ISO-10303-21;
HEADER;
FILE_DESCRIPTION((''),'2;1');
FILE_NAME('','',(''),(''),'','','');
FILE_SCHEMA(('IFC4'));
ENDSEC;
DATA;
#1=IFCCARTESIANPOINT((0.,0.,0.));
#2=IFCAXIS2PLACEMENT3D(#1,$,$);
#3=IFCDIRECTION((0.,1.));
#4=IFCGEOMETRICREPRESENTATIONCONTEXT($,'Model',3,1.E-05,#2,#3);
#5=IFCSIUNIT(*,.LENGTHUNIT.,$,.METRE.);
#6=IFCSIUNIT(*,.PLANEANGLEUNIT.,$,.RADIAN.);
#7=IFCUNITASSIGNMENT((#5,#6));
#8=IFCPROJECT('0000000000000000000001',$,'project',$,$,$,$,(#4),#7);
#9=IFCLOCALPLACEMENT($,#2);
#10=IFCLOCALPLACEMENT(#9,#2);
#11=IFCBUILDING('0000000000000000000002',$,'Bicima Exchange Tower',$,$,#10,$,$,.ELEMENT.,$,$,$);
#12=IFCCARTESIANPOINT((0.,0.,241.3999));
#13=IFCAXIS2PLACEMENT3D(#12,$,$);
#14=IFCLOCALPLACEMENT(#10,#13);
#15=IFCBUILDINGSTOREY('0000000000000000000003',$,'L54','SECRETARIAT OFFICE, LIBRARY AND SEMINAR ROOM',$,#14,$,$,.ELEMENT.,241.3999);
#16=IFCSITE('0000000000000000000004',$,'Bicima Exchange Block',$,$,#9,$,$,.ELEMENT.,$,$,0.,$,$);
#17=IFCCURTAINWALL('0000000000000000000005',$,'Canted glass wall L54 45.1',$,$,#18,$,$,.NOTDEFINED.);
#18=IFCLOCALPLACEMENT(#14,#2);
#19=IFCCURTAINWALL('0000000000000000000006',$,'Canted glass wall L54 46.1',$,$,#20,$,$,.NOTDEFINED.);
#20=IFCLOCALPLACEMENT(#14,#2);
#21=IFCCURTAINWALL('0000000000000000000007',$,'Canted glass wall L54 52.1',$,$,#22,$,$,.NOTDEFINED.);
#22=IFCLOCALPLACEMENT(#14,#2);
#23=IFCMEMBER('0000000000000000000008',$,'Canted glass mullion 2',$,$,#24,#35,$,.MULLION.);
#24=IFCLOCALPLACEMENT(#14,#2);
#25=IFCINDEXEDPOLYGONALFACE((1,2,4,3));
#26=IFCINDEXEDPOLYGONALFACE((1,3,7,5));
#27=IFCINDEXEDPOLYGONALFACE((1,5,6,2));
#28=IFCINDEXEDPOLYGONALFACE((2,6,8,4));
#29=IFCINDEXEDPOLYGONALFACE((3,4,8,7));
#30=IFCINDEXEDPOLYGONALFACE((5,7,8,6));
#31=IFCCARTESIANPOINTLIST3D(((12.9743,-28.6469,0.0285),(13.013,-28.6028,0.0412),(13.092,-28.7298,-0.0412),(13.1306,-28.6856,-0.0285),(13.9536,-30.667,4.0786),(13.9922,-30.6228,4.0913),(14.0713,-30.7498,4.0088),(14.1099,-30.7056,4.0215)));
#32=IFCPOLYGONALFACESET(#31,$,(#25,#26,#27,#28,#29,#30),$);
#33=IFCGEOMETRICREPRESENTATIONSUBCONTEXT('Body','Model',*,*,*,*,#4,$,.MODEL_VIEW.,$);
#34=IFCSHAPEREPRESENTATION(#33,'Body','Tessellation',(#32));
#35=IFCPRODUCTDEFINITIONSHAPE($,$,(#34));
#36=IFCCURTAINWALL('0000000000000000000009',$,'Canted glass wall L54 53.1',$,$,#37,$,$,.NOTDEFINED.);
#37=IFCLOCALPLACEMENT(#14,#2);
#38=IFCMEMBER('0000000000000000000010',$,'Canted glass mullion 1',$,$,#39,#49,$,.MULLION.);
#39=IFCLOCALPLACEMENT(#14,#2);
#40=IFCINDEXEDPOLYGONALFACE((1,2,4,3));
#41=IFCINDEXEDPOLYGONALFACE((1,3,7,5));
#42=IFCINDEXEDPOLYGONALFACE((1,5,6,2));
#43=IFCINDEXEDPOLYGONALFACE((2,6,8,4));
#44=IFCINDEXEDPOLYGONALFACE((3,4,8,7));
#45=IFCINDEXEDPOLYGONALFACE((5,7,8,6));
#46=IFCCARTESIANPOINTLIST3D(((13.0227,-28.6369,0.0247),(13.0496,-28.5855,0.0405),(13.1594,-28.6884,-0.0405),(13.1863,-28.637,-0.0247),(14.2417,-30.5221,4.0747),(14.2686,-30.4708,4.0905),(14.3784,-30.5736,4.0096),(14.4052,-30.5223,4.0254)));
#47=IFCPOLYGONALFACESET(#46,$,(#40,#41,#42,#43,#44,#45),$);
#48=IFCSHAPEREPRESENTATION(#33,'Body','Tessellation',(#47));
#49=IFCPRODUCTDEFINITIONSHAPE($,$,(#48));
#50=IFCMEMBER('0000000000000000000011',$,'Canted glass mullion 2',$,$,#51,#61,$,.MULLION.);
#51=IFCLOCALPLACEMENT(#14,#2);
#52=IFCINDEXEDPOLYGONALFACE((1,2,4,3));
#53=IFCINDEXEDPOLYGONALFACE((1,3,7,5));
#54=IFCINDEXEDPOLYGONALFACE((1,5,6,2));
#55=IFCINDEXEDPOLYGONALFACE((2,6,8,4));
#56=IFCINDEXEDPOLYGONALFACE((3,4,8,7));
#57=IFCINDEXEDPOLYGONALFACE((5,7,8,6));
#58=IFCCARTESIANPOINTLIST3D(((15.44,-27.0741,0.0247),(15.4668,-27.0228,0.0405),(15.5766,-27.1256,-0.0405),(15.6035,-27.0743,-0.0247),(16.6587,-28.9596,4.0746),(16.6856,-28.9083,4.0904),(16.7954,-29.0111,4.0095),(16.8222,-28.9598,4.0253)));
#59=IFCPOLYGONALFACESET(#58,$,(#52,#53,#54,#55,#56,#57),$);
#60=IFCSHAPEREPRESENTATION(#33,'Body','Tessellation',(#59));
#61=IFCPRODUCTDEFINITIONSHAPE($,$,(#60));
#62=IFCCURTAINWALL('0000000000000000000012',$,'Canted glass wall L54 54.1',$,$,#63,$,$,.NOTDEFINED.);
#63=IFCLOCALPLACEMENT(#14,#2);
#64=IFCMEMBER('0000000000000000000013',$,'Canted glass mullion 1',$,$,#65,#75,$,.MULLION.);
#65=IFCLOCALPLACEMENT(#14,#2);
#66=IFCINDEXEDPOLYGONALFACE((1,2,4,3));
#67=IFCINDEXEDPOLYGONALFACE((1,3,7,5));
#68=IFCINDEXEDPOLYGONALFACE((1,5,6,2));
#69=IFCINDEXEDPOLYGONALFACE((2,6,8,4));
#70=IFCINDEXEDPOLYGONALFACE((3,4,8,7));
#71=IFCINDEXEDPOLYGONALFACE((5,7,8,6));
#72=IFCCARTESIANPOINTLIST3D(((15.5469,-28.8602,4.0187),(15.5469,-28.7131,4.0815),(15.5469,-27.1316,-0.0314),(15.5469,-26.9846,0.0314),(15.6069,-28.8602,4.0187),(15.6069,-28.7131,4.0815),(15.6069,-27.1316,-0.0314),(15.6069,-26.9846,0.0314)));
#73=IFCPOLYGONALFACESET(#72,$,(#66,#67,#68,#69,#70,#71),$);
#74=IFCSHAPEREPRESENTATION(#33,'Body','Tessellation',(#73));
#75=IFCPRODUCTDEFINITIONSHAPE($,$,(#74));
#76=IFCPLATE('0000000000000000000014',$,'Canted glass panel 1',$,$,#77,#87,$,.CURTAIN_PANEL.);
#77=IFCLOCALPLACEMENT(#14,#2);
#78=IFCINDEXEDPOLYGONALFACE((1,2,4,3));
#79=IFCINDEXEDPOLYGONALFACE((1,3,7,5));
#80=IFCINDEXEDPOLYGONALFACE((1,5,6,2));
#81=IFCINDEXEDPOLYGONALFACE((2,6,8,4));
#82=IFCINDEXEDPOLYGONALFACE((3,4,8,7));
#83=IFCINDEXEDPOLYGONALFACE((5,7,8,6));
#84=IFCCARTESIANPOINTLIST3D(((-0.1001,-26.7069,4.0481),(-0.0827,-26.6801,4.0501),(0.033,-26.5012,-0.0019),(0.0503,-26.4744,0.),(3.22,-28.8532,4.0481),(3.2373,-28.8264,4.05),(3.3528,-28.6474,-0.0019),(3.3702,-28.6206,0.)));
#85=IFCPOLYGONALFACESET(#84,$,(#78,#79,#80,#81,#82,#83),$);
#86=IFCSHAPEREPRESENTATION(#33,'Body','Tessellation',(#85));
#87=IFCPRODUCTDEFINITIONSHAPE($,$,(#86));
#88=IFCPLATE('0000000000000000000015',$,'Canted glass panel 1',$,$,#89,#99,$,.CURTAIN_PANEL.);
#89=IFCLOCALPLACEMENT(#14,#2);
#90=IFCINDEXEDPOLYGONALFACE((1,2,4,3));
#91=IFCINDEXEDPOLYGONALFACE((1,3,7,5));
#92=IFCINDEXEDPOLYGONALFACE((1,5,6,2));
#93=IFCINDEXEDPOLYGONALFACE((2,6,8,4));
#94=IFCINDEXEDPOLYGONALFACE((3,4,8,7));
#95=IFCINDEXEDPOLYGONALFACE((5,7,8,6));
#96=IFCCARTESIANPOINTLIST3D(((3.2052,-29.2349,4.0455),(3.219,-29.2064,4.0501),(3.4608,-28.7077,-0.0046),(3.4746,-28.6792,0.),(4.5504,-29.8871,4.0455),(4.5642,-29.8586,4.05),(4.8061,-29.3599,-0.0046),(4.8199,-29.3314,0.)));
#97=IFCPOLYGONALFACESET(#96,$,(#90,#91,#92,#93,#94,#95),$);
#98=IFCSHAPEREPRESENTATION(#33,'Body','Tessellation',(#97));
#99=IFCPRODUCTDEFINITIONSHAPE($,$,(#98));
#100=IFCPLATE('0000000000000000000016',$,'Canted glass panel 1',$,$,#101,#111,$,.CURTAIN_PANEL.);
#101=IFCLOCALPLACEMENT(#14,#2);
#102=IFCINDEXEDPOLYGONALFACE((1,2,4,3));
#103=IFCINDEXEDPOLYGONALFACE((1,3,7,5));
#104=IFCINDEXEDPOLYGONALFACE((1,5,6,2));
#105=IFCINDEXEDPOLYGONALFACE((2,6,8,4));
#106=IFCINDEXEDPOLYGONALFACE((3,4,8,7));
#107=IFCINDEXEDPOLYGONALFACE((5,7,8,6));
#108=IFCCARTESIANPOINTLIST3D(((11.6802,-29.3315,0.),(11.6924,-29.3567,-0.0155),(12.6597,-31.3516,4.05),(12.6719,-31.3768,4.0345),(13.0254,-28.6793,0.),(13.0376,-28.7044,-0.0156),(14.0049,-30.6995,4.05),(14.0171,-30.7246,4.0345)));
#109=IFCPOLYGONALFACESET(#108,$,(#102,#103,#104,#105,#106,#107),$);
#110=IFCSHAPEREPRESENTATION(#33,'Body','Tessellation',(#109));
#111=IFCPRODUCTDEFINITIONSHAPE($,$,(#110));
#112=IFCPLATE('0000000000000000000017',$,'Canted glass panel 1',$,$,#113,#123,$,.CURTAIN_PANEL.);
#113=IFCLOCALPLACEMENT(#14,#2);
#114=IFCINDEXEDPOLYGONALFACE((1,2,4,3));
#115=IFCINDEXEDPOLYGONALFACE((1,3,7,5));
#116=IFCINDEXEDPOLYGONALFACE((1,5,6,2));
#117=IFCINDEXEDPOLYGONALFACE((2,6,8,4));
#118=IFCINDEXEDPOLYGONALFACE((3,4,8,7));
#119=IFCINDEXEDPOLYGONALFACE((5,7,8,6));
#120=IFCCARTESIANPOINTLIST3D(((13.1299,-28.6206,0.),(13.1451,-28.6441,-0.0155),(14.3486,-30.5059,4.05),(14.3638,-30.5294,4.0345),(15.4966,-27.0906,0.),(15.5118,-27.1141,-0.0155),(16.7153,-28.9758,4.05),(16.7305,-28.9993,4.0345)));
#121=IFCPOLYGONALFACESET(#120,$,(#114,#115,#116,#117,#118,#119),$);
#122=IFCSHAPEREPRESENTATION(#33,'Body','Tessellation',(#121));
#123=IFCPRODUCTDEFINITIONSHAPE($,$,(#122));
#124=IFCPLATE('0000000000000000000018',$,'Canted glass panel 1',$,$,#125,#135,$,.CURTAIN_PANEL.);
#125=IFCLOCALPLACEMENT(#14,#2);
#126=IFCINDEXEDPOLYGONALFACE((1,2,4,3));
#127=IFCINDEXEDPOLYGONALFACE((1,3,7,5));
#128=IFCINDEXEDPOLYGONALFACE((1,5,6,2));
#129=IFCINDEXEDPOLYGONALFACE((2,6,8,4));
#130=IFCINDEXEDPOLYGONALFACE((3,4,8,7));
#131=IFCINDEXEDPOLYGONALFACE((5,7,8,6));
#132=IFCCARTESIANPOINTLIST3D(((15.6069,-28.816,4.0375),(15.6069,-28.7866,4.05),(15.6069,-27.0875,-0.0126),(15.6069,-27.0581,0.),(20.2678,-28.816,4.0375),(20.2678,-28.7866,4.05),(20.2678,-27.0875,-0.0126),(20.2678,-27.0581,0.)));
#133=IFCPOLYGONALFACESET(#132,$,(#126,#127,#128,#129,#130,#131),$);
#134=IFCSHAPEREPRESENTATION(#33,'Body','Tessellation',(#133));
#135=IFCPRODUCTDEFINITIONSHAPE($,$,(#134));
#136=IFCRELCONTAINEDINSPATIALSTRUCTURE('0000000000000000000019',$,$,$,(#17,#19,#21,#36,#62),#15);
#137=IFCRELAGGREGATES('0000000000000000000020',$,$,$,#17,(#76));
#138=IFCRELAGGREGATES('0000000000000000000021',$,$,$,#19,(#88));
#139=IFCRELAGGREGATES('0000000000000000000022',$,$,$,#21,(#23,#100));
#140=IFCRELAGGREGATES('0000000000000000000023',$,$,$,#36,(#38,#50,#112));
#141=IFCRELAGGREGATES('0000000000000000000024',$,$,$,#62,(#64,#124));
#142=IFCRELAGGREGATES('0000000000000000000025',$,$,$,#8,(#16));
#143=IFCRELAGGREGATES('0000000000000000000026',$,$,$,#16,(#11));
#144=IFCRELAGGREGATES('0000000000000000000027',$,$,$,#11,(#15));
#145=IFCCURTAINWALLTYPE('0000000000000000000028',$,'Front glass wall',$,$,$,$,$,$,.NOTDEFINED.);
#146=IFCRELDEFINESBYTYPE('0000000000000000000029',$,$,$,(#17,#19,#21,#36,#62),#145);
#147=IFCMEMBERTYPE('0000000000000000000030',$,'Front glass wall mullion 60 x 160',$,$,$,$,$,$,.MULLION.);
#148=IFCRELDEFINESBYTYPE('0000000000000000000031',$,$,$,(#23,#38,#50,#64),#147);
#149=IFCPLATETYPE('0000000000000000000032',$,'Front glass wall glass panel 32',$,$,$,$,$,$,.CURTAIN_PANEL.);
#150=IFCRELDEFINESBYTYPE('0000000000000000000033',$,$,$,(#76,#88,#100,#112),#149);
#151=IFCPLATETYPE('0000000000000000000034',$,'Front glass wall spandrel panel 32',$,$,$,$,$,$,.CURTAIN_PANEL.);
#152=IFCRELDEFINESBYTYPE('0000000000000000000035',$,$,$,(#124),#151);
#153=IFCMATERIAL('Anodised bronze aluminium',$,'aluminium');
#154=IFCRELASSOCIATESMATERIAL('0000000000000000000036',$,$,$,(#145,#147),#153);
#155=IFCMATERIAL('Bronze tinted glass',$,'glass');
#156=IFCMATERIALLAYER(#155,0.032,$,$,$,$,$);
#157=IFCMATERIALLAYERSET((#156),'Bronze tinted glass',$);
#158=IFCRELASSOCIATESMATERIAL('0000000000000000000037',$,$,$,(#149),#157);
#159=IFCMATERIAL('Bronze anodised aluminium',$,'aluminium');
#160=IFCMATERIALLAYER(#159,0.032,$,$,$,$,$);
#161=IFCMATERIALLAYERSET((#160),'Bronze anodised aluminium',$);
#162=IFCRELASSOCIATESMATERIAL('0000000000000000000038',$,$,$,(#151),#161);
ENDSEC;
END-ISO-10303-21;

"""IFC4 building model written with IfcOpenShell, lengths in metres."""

from ifc_helpers import new_model, si_unit, direction, frame, origin, origin_2d, place, context, subcontext, project, spatial, polyline, rectangle, outline, extrude, material, layer, layer_set, material_profile, profile_set, type_object, element, aggregate, save


model = new_model("IFC4")

# Units and contexts
model_context = context("Model", 3, precision=1e-05, world=origin(), true_north=direction((0.0, 1.0)))
body_context = subcontext(model_context, "Body", "Model", "MODEL_VIEW")
ifc_project = project(units=[si_unit("LENGTHUNIT", "METRE"), si_unit("PLANEANGLEUNIT", "RADIAN")], contexts=[model_context])

# Site, building, storey
site_placement = place(None, origin())
site = spatial("IfcSite", under=ifc_project, at=site_placement, Name="Bicima Exchange Block", CompositionType="ELEMENT", RefElevation=0.0)
building_placement = place(site_placement, origin())
building = spatial("IfcBuilding", under=site, at=building_placement, Name="Bicima Exchange Tower", CompositionType="ELEMENT")
storey_placement = place(building_placement, frame((0.0, 0.0, 241.3999)))
storey = spatial("IfcBuildingStorey", under=building, at=storey_placement, Name="L54", Description="SECRETARIAT OFFICE, LIBRARY AND SEMINAR ROOM", CompositionType="ELEMENT", Elevation=241.3999)

# Shared definitions
ifc_material_1 = material(Name="Anodised bronze aluminium", Category="aluminium")
curtain_wall_type = type_object("IfcCurtainWallType", Name="Front glass wall", PredefinedType="NOTDEFINED", material=ifc_material_1)
ifc_material_profile_1 = material_profile(ifc_material_1, rectangle(XDim=0.1599, YDim=0.0601, at=origin_2d()))
ifc_profile_set_1 = profile_set([ifc_material_profile_1], Name="Anodised bronze aluminium")
member_type = type_object("IfcMemberType", Name="Front glass wall mullion 60 x 160", PredefinedType="MULLION", material=ifc_profile_set_1)

# Curtain wall
curtain_wall_1_placement = place(storey_placement, origin())
curtain_wall_1 = element("IfcCurtainWall", 1, at=curtain_wall_1_placement, inside=storey, type_object=curtain_wall_type, Name="Canted glass wall L54 45.1", PredefinedType="NOTDEFINED")

# Curtain walls, member
curtain_wall_2_placement = place(storey_placement, origin())
curtain_wall_2 = element("IfcCurtainWall", 2, at=curtain_wall_2_placement, inside=storey, type_object=curtain_wall_type, Name="Canted glass wall L54 46.1", PredefinedType="NOTDEFINED")
curtain_wall_3_placement = place(storey_placement, origin())
curtain_wall_3 = element("IfcCurtainWall", 3, at=curtain_wall_3_placement, inside=storey, type_object=curtain_wall_type, Name="Canted glass wall L54 52.1", PredefinedType="NOTDEFINED")
member_1_placement = place(storey_placement, frame((13.0525, -28.6663, 0.0), z_axis=(0.211474, -0.436234, 0.87463), x_axis=(-0.735868, 0.517885, 0.436226)))
member_1 = element("IfcMember", 4, at=member_1_placement, type_object=member_type, Name="Canted glass mullion 2", PredefinedType="MULLION", context=body_context, shape_type="SweptSolid", body=[
    extrude(rectangle(XDim=0.1599, YDim=0.0601, at=origin_2d()), origin(), (0.0, 0.0, 1.0), 4.6306),
])

# Curtain wall, members
curtain_wall_4_placement = place(storey_placement, origin())
curtain_wall_4 = element("IfcCurtainWall", 5, at=curtain_wall_4_placement, inside=storey, type_object=curtain_wall_type, Name="Canted glass wall L54 53.1", PredefinedType="NOTDEFINED")
member_2_placement = place(storey_placement, frame((13.1045, -28.637, 0.0), z_axis=(0.263244, -0.407124, 0.874616), x_axis=(-0.854715, 0.322014, 0.407148)))
member_2 = element("IfcMember", 6, at=member_2_placement, type_object=member_type, Name="Canted glass mullion 1", PredefinedType="MULLION", context=body_context, shape_type="SweptSolid", body=[
    extrude(rectangle(XDim=0.1599, YDim=0.0601, at=origin_2d()), origin(), (0.0, 0.0, 1.0), 4.6306),
])
member_3_placement = place(storey_placement, frame((15.5217, -27.0742, 0.0), z_axis=(0.263189, -0.407174, 0.874609), x_axis=(-0.854663, 0.322138, 0.407158)))
member_3 = element("IfcMember", 7, at=member_3_placement, type_object=member_type, Name="Canted glass mullion 2", PredefinedType="MULLION", context=body_context, shape_type="SweptSolid", body=[
    extrude(rectangle(XDim=0.1599, YDim=0.0601, at=origin_2d()), origin(), (0.0, 0.0, 1.0), 4.6306),
])

# Curtain wall, member
curtain_wall_5_placement = place(storey_placement, origin())
curtain_wall_5 = element("IfcCurtainWall", 8, at=curtain_wall_5_placement, inside=storey, type_object=curtain_wall_type, Name="Canted glass wall L54 54.1", PredefinedType="NOTDEFINED")
member_4_placement = place(storey_placement, frame((15.5769, -27.0581, 0.0), z_axis=(0.0, -0.392534, 0.919738), x_axis=(0.0, 0.919738, 0.392534)))
member_4 = element("IfcMember", 9, at=member_4_placement, type_object=member_type, Name="Canted glass mullion 1", PredefinedType="MULLION", context=body_context, shape_type="SweptSolid", body=[
    extrude(rectangle(XDim=0.1599, YDim=0.0601, at=origin_2d()), origin(), (0.0, 0.0, 1.0), 4.4036),
])

# Plates
ifc_material_2 = material(Name="Bronze tinted glass", Category="glass")
ifc_layer_1 = layer(ifc_material_2, 0.032)
ifc_layer_set_1 = layer_set([ifc_layer_1], Name="Bronze tinted glass")
plate_type_1 = type_object("IfcPlateType", Name="Front glass wall glass panel 32", PredefinedType="CURTAIN_PANEL", material=ifc_layer_set_1)
plate_1_placement = place(storey_placement, frame((0.0503, -26.4744, 0.0), z_axis=(0.541911, 0.838264, 0.060385), x_axis=(0.839796, -0.542902, 0.000001)))
plate_1 = element("IfcPlate", 10, at=plate_1_placement, type_object=plate_type_1, Name="Canted glass panel 1", PredefinedType="CURTAIN_PANEL", context=body_context, shape_type="SweptSolid", body=[
    extrude(outline(polyline([(0.0, 0.0), (3.9532, 0.0), (3.9534, -4.0574), (0.0, -4.0575), (0.0, 0.0)])), origin(), (0.0, 0.0, -1.0), 0.032),
])
aggregate(curtain_wall_1, [plate_1])
plate_2_placement = place(storey_placement, frame((3.4746, -28.6792, 0.0), z_axis=(0.431777, 0.890544, 0.143179), x_axis=(0.899814, -0.436273, 0.00001)))
plate_2 = element("IfcPlate", 11, at=plate_2_placement, type_object=plate_type_1, Name="Canted glass panel 1", PredefinedType="CURTAIN_PANEL", context=body_context, shape_type="SweptSolid", body=[
    extrude(outline(polyline([(0.0, 0.0), (1.495, 0.0), (1.495, -4.0922), (0.0001, -4.0922), (0.0, 0.0)])), origin(), (0.0, 0.0, -1.0), 0.032),
])
aggregate(curtain_wall_2, [plate_2])
plate_3_placement = place(storey_placement, frame((11.6802, -29.3315, 0.0), z_axis=(-0.381568, 0.786988, 0.484826), x_axis=(0.899808, 0.436287, -0.000031)))
plate_3 = element("IfcPlate", 12, at=plate_3_placement, type_object=plate_type_1, Name="Canted glass panel 1", PredefinedType="CURTAIN_PANEL", context=body_context, shape_type="SweptSolid", body=[
    extrude(outline(polyline([(0.0, 0.0), (1.495, 0.0), (1.4949, -4.6307), (-0.0001, -4.6306), (0.0, 0.0)])), origin(), (0.0, 0.0, -1.0), 0.032),
])
aggregate(curtain_wall_3, [member_1, plate_3])
plate_4_placement = place(storey_placement, frame((13.1299, -28.6206, 0.0), z_axis=(-0.474844, 0.734504, 0.484795), x_axis=(0.839791, 0.54291, 0.0)))
plate_4 = element("IfcPlate", 13, at=plate_4_placement, type_object=plate_type_1, Name="Canted glass panel 1", PredefinedType="CURTAIN_PANEL", context=body_context, shape_type="SweptSolid", body=[
    extrude(outline(polyline([(0.0, 0.0), (2.8182, 0.0), (2.8182, -4.6306), (0.0, -4.6306), (0.0, 0.0)])), origin(), (0.0, 0.0, -1.0), 0.032),
])
aggregate(curtain_wall_4, [member_2, member_3, plate_4])
ifc_material_3 = material(Name="Bronze anodised aluminium", Category="aluminium")
ifc_layer_2 = layer(ifc_material_3, 0.032)
ifc_layer_set_2 = layer_set([ifc_layer_2], Name="Bronze anodised aluminium")
plate_type_2 = type_object("IfcPlateType", Name="Front glass wall spandrel panel 32", PredefinedType="CURTAIN_PANEL", material=ifc_layer_set_2)
plate_5_placement = place(storey_placement, frame((15.6069, -27.0581, 0.0), z_axis=(0.0, 0.919738, 0.392534), x_axis=(1.0, 0.0, 0.0)))
plate_5 = element("IfcPlate", 14, at=plate_5_placement, type_object=plate_type_2, Name="Canted glass panel 1", PredefinedType="CURTAIN_PANEL", context=body_context, shape_type="SweptSolid", body=[
    extrude(outline(polyline([(0.0, 0.0), (4.6609, 0.0), (4.6609, -4.4035), (0.0, -4.4035), (0.0, 0.0)])), origin(), (0.0, 0.0, -1.0), 0.032),
])
aggregate(curtain_wall_5, [member_4, plate_5])

save(model, "model.ifc")
